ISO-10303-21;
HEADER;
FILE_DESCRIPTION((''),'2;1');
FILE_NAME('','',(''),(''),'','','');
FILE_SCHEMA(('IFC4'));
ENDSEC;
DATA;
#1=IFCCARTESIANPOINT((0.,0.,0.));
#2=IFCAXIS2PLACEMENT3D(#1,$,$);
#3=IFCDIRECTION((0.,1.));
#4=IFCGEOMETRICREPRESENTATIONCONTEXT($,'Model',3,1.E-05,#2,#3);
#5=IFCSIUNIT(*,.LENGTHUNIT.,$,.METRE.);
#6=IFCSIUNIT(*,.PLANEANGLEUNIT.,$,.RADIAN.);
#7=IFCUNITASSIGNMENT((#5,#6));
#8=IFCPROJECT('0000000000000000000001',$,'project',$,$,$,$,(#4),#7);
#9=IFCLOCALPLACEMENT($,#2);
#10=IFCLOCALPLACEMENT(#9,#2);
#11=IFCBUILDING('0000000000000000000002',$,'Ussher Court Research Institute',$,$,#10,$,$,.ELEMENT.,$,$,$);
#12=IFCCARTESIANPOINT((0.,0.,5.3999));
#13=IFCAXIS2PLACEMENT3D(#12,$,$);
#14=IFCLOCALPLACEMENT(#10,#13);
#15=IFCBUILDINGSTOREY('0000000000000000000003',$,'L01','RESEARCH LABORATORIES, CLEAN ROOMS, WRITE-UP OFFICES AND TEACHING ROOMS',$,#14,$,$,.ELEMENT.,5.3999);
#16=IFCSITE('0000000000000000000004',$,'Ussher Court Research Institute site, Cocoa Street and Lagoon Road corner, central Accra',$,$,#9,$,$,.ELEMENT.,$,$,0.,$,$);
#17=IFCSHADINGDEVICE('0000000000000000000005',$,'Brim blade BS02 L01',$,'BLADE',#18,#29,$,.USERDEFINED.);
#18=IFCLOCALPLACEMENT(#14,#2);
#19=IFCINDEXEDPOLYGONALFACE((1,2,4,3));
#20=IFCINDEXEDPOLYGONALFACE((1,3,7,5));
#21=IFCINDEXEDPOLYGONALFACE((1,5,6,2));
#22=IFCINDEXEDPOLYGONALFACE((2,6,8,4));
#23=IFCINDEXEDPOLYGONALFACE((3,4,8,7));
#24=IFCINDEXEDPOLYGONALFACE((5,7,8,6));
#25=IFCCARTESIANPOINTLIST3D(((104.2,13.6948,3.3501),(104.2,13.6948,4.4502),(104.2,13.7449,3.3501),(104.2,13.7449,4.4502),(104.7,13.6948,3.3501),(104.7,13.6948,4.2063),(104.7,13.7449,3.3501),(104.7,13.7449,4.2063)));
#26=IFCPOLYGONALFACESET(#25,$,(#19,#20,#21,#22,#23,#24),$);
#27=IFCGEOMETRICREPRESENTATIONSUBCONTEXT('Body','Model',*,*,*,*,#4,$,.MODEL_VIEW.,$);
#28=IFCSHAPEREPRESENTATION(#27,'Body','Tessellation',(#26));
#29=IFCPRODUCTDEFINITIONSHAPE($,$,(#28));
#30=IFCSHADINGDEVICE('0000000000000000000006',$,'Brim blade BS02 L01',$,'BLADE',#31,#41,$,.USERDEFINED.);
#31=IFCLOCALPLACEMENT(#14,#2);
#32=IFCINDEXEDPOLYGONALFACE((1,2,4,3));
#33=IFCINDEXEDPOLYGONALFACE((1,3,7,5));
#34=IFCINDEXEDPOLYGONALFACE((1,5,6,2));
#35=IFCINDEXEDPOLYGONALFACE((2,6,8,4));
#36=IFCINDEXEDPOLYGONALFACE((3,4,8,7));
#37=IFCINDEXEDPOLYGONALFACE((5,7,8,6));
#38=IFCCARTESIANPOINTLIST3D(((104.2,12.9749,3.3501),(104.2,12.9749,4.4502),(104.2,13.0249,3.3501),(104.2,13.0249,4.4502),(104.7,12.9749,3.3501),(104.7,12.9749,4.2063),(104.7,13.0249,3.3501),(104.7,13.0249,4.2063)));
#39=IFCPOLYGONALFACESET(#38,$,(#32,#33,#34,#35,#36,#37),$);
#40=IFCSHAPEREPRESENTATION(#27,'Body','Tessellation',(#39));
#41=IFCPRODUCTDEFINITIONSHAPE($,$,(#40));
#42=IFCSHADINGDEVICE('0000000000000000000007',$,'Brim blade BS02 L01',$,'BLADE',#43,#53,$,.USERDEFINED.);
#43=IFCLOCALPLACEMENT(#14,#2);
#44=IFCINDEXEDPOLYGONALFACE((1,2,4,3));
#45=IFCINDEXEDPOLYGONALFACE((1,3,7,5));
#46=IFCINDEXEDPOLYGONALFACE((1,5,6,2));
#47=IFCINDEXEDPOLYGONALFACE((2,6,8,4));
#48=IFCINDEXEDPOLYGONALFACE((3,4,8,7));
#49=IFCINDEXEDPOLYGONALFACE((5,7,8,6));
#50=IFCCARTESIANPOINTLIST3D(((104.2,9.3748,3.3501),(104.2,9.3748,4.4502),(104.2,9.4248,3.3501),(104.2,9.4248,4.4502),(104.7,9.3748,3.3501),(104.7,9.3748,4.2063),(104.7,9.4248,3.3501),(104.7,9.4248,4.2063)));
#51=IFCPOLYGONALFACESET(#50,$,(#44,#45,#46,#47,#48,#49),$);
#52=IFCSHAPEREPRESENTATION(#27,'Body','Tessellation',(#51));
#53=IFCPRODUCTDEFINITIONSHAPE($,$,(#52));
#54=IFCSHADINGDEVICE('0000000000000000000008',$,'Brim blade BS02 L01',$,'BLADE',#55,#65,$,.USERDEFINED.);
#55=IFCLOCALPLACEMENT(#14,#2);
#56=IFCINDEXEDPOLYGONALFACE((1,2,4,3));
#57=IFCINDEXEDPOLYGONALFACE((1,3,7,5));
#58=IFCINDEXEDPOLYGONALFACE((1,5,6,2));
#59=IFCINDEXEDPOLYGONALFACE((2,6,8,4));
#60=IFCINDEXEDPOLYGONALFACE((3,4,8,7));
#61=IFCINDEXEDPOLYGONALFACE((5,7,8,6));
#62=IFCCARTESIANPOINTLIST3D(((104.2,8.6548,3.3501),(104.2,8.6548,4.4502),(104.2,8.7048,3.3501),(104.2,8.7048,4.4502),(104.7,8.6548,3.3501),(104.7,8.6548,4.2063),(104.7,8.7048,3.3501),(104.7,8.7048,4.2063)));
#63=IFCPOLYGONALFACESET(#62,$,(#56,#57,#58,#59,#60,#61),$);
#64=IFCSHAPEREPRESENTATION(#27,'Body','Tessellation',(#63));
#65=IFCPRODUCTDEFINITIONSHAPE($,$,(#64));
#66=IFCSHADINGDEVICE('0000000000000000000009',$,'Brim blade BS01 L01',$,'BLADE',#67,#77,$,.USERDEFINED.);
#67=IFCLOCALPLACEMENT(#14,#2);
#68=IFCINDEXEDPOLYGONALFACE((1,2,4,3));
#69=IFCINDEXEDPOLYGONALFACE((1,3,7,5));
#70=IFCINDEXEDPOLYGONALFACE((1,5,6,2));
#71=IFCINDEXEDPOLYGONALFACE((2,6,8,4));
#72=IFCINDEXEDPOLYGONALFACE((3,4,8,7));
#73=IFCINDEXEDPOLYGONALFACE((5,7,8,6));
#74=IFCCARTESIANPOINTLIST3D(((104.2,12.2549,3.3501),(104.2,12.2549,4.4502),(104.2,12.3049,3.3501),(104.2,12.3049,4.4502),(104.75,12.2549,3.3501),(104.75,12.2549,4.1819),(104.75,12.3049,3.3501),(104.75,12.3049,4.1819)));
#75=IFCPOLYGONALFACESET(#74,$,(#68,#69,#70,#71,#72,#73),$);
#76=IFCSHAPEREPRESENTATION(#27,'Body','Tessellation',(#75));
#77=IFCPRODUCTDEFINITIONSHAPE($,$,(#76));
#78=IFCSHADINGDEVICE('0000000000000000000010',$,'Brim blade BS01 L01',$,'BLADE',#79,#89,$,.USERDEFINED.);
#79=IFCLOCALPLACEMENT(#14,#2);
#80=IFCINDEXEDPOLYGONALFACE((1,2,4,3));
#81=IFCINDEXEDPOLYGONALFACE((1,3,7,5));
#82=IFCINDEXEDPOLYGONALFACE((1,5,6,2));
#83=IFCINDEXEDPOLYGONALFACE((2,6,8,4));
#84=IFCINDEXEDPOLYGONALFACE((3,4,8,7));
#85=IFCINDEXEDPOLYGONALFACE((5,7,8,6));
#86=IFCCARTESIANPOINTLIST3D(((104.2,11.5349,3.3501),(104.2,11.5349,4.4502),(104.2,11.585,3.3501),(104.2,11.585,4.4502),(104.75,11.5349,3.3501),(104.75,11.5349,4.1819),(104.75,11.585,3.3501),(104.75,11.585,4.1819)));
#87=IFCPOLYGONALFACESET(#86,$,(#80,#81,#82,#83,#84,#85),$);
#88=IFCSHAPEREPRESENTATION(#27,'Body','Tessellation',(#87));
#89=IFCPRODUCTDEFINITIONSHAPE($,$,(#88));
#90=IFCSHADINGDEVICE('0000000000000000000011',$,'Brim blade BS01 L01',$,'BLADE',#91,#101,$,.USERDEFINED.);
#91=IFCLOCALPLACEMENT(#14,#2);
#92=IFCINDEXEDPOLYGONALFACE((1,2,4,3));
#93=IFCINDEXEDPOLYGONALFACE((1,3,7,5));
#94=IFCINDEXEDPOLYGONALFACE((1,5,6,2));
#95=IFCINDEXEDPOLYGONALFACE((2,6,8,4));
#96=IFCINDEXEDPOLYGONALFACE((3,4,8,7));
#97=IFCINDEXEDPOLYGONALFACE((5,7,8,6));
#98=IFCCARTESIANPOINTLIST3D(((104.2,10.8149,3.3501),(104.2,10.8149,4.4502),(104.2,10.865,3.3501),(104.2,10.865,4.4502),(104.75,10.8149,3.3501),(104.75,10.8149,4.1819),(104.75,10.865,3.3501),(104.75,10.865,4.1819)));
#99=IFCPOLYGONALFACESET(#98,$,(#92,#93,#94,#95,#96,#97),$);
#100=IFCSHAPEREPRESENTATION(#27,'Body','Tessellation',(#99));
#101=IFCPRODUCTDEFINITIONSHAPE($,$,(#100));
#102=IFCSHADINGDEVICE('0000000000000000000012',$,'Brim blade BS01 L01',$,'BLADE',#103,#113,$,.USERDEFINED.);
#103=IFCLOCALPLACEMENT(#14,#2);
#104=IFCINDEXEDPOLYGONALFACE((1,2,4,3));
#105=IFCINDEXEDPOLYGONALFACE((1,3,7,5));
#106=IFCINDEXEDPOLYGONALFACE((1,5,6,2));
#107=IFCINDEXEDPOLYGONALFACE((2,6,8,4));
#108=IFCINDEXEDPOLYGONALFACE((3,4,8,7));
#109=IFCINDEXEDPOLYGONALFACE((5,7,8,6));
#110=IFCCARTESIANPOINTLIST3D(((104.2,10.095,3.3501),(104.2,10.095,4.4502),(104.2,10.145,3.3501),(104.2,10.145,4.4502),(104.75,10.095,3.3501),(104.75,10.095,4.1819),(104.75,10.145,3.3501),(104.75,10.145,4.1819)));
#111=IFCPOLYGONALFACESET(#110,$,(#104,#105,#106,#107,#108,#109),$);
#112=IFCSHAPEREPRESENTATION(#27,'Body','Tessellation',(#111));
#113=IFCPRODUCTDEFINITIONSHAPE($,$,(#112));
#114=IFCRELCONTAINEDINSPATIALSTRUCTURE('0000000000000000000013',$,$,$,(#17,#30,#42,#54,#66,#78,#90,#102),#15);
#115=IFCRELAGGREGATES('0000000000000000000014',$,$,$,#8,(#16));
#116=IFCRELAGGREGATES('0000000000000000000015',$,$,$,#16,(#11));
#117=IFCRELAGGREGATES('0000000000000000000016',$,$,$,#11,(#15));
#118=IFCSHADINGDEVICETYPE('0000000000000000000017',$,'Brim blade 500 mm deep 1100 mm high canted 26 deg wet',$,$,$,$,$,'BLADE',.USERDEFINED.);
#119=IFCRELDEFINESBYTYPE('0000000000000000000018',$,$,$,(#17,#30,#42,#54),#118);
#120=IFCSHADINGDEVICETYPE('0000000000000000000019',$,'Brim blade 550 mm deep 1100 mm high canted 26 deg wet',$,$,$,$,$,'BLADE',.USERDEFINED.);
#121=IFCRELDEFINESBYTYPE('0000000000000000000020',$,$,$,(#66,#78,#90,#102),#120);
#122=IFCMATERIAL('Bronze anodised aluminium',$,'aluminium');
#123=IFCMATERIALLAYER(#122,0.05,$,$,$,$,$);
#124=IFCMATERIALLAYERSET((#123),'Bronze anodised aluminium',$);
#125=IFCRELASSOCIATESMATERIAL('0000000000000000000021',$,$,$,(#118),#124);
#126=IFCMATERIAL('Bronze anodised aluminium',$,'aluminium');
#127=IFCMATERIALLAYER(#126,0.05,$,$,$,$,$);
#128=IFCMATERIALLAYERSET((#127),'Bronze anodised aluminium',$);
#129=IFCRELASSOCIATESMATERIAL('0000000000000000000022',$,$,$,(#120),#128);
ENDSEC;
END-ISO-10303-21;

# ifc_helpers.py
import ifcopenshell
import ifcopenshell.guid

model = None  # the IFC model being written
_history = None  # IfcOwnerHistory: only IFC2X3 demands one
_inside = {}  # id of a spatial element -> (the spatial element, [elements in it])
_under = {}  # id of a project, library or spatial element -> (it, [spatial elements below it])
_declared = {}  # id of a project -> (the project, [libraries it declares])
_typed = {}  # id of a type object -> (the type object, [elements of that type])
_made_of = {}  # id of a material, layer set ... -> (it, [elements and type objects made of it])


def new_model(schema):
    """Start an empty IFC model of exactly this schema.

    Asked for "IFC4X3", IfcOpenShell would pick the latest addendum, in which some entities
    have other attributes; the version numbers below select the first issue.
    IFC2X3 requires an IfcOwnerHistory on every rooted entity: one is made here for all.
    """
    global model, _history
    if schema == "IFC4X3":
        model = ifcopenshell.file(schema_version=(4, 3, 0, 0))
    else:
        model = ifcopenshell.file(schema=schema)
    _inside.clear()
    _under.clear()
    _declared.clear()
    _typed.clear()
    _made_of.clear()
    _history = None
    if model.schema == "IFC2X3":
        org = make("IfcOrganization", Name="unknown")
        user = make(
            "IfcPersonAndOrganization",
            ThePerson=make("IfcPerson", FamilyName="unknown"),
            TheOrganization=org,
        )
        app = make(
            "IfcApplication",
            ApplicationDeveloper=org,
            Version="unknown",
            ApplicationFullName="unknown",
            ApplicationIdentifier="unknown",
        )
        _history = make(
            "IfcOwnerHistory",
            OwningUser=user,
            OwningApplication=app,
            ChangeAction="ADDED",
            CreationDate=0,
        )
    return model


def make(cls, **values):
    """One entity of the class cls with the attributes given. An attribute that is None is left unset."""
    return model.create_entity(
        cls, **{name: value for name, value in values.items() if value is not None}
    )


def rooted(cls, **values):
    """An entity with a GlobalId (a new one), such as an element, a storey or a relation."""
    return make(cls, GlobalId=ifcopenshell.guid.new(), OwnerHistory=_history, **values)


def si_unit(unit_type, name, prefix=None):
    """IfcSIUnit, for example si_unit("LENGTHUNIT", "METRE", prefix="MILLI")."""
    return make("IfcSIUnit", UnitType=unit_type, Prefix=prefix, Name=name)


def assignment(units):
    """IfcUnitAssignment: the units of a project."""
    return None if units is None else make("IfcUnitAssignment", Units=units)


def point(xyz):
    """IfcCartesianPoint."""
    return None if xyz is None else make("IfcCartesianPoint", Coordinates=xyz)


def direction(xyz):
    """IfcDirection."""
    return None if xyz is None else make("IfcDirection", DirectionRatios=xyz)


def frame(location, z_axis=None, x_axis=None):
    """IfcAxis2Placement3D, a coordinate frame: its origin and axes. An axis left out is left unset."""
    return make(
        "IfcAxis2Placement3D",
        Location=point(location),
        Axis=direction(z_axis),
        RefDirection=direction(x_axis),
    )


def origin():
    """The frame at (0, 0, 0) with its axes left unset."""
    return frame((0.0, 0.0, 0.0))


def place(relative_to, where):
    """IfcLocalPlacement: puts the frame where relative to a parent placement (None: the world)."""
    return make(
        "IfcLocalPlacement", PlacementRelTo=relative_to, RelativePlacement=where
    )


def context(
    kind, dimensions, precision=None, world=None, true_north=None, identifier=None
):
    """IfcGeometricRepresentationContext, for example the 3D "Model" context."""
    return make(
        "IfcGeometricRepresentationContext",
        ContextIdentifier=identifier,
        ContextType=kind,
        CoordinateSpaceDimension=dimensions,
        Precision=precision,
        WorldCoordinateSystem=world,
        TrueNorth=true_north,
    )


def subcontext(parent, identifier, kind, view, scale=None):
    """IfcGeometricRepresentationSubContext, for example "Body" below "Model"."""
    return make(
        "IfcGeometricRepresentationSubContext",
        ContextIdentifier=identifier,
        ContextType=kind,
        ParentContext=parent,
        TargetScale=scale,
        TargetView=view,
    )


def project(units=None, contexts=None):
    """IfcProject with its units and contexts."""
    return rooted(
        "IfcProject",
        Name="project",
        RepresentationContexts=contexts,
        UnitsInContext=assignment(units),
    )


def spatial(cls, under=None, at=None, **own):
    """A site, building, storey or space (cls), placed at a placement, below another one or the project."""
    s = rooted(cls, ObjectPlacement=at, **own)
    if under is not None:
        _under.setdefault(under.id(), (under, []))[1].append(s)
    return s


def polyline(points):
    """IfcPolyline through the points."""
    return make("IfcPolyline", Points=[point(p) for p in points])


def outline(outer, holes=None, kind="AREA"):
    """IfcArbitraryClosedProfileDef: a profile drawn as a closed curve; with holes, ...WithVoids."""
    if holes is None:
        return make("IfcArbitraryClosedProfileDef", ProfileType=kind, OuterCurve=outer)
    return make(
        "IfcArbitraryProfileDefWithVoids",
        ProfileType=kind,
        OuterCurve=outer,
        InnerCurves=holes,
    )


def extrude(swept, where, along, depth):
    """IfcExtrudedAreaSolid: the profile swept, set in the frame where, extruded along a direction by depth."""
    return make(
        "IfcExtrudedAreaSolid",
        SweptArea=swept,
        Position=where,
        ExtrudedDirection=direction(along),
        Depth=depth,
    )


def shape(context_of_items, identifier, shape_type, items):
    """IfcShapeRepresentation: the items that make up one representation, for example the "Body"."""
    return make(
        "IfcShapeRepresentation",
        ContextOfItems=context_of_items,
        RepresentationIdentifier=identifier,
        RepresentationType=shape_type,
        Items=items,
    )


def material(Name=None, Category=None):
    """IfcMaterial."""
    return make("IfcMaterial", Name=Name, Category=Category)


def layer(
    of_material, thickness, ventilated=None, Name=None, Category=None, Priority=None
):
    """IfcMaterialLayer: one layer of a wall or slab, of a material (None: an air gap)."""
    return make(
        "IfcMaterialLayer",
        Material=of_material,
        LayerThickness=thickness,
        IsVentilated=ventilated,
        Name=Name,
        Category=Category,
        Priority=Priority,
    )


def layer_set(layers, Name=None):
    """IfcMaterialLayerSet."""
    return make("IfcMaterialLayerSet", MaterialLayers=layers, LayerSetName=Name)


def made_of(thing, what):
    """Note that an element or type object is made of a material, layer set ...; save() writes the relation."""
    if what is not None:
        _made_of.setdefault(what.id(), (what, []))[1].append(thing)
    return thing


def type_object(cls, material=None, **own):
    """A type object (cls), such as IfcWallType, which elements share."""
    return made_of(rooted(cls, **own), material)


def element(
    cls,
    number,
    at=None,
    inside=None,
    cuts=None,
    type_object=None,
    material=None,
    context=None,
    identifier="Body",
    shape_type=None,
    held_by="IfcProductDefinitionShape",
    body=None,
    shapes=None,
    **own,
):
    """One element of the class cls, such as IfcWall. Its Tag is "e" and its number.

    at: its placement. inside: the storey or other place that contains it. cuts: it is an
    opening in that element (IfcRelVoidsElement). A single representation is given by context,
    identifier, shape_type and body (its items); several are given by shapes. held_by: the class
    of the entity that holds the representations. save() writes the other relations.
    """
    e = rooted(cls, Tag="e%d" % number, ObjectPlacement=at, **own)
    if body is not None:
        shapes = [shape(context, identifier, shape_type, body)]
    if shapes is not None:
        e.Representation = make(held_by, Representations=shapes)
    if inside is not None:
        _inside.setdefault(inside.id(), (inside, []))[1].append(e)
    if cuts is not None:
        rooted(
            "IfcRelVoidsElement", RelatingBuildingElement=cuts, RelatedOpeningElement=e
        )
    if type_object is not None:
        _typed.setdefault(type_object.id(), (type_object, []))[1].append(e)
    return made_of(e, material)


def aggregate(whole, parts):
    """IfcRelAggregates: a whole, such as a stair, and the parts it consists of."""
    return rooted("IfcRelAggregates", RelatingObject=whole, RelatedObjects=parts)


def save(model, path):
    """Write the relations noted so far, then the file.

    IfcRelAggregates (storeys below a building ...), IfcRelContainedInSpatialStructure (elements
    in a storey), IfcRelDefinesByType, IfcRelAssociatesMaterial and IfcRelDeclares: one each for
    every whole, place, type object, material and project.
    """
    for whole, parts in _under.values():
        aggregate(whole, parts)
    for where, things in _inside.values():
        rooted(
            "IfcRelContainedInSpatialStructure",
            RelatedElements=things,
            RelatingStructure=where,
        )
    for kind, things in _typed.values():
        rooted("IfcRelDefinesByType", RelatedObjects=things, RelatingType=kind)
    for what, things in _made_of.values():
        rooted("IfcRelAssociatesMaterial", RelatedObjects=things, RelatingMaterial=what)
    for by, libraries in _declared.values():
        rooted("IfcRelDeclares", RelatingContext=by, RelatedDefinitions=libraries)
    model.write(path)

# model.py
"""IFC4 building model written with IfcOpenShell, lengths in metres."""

from ifc_helpers import new_model, si_unit, direction, frame, origin, place, context, subcontext, project, spatial, polyline, outline, extrude, material, layer, layer_set, type_object, element, save


model = new_model("IFC4")

# Units and contexts
model_context = context("Model", 3, precision=1e-05, world=origin(), true_north=direction((0.0, 1.0)))
body_context = subcontext(model_context, "Body", "Model", "MODEL_VIEW")
ifc_project = project(units=[si_unit("LENGTHUNIT", "METRE"), si_unit("PLANEANGLEUNIT", "RADIAN")], contexts=[model_context])

# Site, building, storey
site_placement = place(None, origin())
site = spatial("IfcSite", under=ifc_project, at=site_placement, Name="Ussher Court Research Institute site, Cocoa Street and Lagoon Road corner, central Accra", CompositionType="ELEMENT", RefElevation=0.0)
building_placement = place(site_placement, origin())
building = spatial("IfcBuilding", under=site, at=building_placement, Name="Ussher Court Research Institute", CompositionType="ELEMENT")
storey_placement = place(building_placement, frame((0.0, 0.0, 5.3999)))
storey = spatial("IfcBuildingStorey", under=building, at=storey_placement, Name="L01", Description="RESEARCH LABORATORIES, CLEAN ROOMS, WRITE-UP OFFICES AND TEACHING ROOMS", CompositionType="ELEMENT", Elevation=5.3999)

# Shading devices
ifc_material_1 = material(Name="Bronze anodised aluminium", Category="aluminium")
ifc_layer_1 = layer(ifc_material_1, 0.05)
ifc_layer_set_1 = layer_set([ifc_layer_1], Name="Bronze anodised aluminium")
shading_device_type_1 = type_object("IfcShadingDeviceType", Name="Brim blade 500 mm deep 1100 mm high canted 26 deg wet", ElementType="BLADE", PredefinedType="USERDEFINED", material=ifc_layer_set_1)
for number, where, z_axis, x_axis, name in (
    (1, (104.2, 13.72, 3.3501), (0.0, 0.0, 1.0), (1.0, 0.0, 0.0), "Brim blade BS02 L01"),
    (2, (104.2, 13.0, 3.3501), (0.0, 0.0, 1.0), (1.0, 0.0, 0.0), "Brim blade BS02 L01"),
    (3, (104.2, 9.3999, 3.3501), (0.0, 0.0, 1.0), (1.0, 0.0, 0.0), "Brim blade BS02 L01"),
    (4, (104.2, 8.6799, 3.3501), (0.0, 0.0, 1.0), (1.0, 0.0, 0.0), "Brim blade BS02 L01"),
):
    element("IfcShadingDevice", number, at=place(storey_placement, frame(where, z_axis=z_axis, x_axis=x_axis)), inside=storey, type_object=shading_device_type_1, Name=name, ObjectType="BLADE", PredefinedType="USERDEFINED", context=body_context, shape_type="SweptSolid", body=[
        extrude(outline(polyline([(0.0, 0.0), (0.5, 0.0), (0.5, 0.8562), (0.0, 1.1001), (0.0, 0.0)])), frame((0.0, 0.0249, 0.0), z_axis=(0.0, -1.0, 0.0), x_axis=(1.0, 0.0, 0.0)), (0.0, 0.0, 1.0), 0.05),
    ])
ifc_material_2 = material(Name="Bronze anodised aluminium", Category="aluminium")
ifc_layer_2 = layer(ifc_material_2, 0.05)
ifc_layer_set_2 = layer_set([ifc_layer_2], Name="Bronze anodised aluminium")
shading_device_type_2 = type_object("IfcShadingDeviceType", Name="Brim blade 550 mm deep 1100 mm high canted 26 deg wet", ElementType="BLADE", PredefinedType="USERDEFINED", material=ifc_layer_set_2)
for number, where, z_axis, x_axis, name in (
    (5, (104.2, 12.28, 3.3501), (0.0, 0.0, 1.0), (1.0, 0.0, 0.0), "Brim blade BS01 L01"),
    (6, (104.2, 11.5601, 3.3501), (0.0, 0.0, 1.0), (1.0, 0.0, 0.0), "Brim blade BS01 L01"),
    (7, (104.2, 10.8401, 3.3501), (0.0, 0.0, 1.0), (1.0, 0.0, 0.0), "Brim blade BS01 L01"),
    (8, (104.2, 10.1201, 3.3501), (0.0, 0.0, 1.0), (1.0, 0.0, 0.0), "Brim blade BS01 L01"),
):
    element("IfcShadingDevice", number, at=place(storey_placement, frame(where, z_axis=z_axis, x_axis=x_axis)), inside=storey, type_object=shading_device_type_2, Name=name, ObjectType="BLADE", PredefinedType="USERDEFINED", context=body_context, shape_type="SweptSolid", body=[
        extrude(outline(polyline([(0.0, 0.0), (0.55, 0.0), (0.55, 0.8318), (0.0, 1.1001), (0.0, 0.0)])), frame((0.0, 0.0249, 0.0), z_axis=(0.0, -1.0, 0.0), x_axis=(1.0, 0.0, 0.0)), (0.0, 0.0, 1.0), 0.05),
    ])

save(model, "model.ifc")
